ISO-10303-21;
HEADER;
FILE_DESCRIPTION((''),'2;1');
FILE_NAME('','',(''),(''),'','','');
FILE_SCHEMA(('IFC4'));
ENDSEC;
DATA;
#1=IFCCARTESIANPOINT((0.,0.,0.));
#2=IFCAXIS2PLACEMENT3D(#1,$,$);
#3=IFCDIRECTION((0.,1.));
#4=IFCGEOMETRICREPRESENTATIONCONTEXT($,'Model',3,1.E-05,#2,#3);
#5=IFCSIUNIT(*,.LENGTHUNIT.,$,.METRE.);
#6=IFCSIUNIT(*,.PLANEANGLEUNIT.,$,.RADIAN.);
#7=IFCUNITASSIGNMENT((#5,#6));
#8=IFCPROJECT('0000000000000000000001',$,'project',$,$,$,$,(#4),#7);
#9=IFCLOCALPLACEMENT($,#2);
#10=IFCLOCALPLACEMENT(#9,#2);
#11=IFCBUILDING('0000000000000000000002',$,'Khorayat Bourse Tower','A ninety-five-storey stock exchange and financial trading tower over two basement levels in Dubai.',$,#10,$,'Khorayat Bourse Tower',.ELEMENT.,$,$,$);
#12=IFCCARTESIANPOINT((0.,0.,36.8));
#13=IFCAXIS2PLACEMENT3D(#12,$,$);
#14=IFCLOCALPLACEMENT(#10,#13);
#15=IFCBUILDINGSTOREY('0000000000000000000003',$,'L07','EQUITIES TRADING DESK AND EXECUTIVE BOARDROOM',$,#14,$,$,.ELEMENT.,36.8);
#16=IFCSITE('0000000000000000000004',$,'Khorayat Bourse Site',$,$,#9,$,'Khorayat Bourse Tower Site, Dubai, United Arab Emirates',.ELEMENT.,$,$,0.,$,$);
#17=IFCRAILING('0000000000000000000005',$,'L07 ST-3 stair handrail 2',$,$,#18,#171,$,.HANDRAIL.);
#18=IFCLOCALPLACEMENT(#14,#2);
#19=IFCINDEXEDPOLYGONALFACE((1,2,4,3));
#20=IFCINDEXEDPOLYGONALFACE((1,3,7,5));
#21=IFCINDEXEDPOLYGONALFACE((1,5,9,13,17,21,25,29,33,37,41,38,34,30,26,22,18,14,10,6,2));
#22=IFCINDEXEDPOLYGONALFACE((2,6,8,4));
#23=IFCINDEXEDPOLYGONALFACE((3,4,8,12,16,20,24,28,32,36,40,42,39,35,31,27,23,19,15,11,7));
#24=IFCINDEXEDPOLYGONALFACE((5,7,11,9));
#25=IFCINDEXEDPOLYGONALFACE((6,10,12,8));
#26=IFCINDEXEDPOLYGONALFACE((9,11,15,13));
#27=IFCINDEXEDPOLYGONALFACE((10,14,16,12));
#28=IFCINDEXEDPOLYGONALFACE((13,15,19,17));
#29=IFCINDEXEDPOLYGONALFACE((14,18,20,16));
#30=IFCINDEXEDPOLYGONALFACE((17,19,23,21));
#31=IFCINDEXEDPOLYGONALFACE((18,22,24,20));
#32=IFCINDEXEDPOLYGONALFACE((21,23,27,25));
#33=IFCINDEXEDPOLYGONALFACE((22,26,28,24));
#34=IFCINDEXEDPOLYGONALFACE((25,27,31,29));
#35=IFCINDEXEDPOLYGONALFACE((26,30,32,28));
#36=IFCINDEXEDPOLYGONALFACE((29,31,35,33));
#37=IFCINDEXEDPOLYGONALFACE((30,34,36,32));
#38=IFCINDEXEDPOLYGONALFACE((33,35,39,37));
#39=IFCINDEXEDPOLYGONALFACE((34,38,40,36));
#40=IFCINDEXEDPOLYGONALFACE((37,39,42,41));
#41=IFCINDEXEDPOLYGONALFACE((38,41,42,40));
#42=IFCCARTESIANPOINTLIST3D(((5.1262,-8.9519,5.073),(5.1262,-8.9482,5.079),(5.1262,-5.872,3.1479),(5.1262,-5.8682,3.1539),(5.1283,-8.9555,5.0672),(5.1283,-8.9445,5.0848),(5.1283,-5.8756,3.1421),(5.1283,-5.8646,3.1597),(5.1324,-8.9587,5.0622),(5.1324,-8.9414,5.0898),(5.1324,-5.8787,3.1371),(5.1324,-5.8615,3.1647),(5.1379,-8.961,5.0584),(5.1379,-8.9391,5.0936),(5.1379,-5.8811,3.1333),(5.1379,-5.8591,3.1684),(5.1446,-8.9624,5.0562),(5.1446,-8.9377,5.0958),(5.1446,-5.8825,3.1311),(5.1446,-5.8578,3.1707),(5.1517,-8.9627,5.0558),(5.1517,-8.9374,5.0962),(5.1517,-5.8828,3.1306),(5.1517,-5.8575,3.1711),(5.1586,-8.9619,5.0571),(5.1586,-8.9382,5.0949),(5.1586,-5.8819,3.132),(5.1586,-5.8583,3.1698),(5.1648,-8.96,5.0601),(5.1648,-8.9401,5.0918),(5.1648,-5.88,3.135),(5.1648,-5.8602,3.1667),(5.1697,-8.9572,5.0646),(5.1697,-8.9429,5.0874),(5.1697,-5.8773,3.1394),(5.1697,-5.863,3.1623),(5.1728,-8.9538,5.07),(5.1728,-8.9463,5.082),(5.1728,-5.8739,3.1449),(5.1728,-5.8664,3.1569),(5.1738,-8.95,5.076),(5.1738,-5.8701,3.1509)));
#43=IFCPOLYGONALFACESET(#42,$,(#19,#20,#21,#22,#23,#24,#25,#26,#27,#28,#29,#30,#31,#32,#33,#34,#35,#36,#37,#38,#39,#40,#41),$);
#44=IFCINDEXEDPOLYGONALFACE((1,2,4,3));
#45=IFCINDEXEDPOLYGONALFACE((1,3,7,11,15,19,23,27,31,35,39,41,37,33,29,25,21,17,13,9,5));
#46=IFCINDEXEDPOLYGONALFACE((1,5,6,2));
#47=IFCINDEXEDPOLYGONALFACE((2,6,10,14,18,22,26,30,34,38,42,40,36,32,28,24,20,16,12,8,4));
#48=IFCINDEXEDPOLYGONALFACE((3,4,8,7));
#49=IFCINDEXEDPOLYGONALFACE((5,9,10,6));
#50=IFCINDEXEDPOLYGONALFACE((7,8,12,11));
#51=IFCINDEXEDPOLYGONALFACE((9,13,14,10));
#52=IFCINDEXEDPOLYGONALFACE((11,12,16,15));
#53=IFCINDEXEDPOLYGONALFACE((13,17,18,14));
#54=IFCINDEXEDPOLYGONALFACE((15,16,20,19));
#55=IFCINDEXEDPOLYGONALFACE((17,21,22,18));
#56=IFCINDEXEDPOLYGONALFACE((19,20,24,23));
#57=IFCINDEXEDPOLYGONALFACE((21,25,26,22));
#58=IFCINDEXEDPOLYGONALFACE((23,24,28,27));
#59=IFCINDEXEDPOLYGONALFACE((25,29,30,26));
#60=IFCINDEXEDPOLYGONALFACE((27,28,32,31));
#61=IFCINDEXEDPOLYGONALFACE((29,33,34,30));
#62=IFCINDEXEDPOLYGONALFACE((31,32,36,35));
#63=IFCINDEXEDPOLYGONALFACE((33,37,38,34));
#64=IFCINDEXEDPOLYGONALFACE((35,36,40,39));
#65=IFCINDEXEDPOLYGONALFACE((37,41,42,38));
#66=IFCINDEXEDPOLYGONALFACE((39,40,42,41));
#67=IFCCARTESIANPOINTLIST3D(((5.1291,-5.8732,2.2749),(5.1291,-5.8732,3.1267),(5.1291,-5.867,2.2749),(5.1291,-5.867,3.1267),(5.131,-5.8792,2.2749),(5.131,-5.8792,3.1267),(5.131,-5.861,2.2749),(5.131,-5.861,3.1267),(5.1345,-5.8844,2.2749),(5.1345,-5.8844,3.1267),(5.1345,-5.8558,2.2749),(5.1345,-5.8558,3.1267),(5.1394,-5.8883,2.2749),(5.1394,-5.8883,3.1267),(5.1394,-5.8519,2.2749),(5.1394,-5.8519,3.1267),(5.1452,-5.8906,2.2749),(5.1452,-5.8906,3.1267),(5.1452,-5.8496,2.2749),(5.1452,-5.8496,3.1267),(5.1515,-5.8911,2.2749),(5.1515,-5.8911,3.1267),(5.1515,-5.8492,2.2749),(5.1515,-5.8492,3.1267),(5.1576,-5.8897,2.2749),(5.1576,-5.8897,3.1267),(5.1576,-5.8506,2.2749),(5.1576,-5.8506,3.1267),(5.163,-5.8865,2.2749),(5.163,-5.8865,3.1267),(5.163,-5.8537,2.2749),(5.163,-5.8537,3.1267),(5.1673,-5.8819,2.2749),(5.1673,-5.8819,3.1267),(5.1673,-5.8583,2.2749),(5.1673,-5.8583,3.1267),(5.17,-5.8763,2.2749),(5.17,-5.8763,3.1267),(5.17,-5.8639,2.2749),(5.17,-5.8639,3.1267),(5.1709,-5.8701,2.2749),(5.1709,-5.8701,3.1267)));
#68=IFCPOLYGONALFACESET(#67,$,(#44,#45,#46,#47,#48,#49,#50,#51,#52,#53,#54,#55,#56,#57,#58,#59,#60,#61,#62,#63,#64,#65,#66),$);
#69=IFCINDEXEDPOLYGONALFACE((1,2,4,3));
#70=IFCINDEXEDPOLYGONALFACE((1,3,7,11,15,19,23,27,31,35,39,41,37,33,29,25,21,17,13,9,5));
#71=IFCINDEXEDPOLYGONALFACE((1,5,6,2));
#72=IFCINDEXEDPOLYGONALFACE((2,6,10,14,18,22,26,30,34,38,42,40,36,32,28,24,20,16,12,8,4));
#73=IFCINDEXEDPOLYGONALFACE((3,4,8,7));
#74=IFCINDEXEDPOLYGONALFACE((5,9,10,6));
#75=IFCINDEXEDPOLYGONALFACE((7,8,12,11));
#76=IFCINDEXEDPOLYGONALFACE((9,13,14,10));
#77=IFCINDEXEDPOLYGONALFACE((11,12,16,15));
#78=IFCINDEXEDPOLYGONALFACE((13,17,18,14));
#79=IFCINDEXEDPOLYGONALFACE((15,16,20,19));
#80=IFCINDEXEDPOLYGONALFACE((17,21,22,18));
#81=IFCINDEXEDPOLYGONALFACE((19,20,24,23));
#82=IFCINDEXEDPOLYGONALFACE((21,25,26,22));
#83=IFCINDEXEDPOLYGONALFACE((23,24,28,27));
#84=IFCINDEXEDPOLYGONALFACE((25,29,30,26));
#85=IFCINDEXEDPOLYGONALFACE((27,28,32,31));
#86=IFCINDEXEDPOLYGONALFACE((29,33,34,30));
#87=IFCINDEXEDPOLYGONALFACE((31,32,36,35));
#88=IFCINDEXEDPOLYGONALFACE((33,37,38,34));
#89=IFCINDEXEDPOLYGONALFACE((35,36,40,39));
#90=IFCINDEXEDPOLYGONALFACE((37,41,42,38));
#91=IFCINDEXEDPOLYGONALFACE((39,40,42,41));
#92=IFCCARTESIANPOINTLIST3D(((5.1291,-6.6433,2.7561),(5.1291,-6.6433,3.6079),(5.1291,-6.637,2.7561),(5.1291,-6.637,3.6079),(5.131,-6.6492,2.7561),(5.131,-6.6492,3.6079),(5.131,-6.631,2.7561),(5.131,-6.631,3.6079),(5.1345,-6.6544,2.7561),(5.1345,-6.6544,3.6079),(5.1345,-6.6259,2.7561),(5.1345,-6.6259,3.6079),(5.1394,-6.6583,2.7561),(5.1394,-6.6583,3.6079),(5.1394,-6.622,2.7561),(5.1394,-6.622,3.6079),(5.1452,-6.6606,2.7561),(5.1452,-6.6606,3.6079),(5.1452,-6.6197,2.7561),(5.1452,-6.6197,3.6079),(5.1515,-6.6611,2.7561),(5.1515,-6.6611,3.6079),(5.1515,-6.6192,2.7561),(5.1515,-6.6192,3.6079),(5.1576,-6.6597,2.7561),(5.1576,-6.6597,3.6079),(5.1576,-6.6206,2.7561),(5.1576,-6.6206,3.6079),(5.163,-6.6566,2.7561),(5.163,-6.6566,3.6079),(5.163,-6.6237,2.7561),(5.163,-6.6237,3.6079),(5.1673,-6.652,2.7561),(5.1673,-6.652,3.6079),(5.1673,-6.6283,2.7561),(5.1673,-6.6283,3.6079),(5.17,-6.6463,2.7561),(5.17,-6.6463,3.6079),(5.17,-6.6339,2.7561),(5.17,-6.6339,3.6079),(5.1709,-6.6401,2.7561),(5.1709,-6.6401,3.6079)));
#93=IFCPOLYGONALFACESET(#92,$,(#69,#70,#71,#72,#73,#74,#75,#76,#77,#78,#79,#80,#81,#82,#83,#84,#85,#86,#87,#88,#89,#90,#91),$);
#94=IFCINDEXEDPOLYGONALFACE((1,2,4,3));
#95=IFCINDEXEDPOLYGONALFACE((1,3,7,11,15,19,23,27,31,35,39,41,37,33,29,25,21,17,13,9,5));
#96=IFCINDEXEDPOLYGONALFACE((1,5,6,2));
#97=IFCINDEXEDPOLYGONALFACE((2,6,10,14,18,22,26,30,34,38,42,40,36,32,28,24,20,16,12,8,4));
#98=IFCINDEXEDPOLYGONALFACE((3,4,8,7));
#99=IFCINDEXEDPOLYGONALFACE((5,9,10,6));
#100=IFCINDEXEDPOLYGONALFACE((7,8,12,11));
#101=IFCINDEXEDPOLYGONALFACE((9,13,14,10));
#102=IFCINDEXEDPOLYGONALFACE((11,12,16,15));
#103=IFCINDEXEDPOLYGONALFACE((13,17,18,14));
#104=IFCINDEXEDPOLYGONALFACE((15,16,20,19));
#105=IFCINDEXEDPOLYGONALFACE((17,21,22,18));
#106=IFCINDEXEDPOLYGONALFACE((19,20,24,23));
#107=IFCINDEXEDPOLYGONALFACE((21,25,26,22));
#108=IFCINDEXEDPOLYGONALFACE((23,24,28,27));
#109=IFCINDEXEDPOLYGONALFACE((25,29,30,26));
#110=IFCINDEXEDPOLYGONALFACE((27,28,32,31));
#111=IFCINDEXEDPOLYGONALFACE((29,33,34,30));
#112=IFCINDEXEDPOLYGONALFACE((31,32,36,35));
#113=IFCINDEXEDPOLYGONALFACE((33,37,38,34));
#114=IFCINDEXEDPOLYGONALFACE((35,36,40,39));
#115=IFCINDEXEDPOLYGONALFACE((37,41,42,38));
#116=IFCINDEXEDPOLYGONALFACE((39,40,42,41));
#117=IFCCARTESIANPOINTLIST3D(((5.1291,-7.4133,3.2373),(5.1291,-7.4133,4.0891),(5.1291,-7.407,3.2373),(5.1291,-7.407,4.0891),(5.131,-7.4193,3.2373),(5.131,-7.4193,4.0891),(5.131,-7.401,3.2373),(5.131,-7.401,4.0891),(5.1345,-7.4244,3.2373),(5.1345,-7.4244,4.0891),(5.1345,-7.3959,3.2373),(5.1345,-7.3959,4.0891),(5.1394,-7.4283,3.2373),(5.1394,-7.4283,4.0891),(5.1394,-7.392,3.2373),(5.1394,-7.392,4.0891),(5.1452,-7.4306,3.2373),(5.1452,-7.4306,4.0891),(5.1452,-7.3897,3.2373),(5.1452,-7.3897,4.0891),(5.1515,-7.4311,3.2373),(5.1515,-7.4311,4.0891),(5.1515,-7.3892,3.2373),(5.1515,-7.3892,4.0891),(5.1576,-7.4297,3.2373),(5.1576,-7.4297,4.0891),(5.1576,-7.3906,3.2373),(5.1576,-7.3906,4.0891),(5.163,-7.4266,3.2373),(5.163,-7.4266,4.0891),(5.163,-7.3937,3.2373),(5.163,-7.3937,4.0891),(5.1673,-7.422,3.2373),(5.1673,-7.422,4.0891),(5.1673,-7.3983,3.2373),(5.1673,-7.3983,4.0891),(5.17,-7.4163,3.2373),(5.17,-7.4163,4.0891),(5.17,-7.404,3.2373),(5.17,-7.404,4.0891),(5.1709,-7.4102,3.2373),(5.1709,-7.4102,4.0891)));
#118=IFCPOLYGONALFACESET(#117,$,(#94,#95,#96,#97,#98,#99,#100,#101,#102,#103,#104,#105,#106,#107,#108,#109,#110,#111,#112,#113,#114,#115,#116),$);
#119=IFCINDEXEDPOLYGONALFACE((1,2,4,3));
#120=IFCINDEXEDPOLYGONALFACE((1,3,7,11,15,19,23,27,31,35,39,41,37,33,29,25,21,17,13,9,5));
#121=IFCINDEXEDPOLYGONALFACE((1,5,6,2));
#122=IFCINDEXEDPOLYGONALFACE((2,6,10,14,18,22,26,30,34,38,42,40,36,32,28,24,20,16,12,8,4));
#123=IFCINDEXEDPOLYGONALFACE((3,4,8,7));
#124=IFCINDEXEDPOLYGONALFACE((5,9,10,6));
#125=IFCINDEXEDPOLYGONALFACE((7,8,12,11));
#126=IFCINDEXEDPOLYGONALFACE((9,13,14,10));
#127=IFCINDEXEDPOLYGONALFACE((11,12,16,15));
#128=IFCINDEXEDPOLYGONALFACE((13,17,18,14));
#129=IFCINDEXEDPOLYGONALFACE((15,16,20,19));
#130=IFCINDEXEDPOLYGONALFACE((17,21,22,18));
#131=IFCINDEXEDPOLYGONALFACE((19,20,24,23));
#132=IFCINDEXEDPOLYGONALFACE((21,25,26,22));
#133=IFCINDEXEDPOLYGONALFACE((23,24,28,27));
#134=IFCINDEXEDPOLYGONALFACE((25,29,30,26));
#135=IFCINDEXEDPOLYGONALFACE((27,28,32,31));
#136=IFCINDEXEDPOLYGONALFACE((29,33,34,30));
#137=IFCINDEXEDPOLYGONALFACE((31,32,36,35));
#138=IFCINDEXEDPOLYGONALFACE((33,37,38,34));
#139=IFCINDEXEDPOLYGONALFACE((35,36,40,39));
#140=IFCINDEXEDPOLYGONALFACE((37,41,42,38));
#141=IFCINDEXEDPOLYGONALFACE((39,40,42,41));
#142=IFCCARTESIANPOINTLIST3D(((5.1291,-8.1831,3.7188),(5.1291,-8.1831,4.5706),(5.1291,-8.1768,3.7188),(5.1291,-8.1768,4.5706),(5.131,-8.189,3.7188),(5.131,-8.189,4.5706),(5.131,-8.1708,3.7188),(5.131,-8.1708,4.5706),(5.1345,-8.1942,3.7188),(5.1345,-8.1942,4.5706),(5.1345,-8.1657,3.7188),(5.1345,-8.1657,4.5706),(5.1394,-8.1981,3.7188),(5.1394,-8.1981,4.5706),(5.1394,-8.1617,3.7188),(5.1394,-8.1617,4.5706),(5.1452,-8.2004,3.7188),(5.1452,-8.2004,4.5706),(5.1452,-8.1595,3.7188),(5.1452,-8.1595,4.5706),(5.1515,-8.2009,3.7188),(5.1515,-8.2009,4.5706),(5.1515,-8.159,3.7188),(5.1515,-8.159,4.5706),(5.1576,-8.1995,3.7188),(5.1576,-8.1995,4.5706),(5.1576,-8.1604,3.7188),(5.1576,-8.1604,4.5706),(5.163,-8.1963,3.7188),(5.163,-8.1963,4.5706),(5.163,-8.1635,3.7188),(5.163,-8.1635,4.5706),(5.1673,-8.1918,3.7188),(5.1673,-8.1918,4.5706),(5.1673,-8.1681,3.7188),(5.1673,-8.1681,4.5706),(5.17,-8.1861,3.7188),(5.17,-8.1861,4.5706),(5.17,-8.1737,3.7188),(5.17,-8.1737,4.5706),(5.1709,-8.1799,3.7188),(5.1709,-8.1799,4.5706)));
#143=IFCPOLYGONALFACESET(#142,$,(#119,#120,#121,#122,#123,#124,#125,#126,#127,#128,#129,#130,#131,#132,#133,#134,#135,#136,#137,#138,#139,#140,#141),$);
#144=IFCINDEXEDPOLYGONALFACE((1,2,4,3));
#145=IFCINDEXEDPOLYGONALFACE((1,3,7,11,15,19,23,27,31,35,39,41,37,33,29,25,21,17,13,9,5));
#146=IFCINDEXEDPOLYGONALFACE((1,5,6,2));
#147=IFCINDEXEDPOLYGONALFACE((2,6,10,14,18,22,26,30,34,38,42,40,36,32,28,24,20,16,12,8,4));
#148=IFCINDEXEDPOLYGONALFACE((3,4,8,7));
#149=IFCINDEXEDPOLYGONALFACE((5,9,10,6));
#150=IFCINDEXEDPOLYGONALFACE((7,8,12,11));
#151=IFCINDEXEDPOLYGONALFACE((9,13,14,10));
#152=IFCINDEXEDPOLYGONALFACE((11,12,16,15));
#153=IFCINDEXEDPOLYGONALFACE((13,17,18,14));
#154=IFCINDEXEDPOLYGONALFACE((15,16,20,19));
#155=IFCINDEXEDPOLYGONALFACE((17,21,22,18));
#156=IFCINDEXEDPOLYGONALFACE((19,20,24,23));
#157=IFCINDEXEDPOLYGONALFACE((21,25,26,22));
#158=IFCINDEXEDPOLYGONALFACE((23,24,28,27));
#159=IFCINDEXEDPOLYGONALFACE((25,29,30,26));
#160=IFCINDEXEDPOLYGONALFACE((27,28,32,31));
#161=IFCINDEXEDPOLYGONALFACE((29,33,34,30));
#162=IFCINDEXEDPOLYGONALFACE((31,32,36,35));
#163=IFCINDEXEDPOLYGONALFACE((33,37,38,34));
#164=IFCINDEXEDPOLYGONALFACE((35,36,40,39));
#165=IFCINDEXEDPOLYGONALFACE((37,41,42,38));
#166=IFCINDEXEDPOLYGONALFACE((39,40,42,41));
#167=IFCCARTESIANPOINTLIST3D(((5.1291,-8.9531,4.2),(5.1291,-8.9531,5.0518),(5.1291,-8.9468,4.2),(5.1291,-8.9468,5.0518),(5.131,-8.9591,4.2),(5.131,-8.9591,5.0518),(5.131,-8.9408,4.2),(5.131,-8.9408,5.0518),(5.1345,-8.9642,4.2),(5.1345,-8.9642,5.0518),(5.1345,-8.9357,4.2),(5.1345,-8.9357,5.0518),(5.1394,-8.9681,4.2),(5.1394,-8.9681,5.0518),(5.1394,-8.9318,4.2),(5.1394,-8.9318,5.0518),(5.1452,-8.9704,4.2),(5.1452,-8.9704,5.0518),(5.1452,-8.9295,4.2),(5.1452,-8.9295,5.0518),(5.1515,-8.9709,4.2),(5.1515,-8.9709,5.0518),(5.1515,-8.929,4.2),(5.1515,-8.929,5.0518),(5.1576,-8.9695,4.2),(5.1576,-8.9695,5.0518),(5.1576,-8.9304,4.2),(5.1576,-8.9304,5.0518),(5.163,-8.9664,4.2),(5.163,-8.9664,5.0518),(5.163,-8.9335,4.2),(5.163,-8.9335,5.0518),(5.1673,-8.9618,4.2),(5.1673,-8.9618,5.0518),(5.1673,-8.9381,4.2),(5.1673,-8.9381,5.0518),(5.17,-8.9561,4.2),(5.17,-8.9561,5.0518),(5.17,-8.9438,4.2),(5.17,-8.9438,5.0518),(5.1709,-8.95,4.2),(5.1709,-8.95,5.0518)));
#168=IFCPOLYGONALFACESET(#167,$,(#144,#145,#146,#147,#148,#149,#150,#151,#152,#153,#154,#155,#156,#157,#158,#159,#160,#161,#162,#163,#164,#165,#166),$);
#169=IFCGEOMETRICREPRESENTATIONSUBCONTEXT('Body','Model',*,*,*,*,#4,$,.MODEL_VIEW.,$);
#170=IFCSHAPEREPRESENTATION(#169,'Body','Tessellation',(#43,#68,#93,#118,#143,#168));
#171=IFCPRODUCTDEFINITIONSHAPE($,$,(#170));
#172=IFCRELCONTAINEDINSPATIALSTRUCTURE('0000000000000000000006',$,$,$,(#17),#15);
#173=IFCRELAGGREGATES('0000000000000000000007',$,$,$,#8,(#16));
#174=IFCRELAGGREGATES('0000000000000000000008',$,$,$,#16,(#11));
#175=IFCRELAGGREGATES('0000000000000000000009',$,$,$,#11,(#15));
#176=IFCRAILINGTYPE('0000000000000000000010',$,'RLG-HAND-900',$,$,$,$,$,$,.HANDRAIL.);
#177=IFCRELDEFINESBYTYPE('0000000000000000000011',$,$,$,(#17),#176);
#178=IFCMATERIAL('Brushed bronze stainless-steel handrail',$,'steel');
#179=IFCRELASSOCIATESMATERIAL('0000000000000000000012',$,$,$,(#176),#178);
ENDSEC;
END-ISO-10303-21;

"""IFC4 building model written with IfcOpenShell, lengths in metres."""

from ifc_helpers import new_model, si_unit, direction, frame, origin, origin_2d, place, context, subcontext, project, spatial, circle, extrude, source, transform, mapped, material, type_object, element, save


model = new_model("IFC4")

# Units and contexts
model_context = context("Model", 3, precision=1e-05, world=origin(), true_north=direction((0.0, 1.0)))
body_context = subcontext(model_context, "Body", "Model", "MODEL_VIEW")
ifc_project = project(units=[si_unit("LENGTHUNIT", "METRE"), si_unit("PLANEANGLEUNIT", "RADIAN")], contexts=[model_context])

# Site, building, storey
site_placement = place(None, origin())
site = spatial("IfcSite", under=ifc_project, at=site_placement, Name="Khorayat Bourse Site", LongName="Khorayat Bourse Tower Site, Dubai, United Arab Emirates", CompositionType="ELEMENT", RefElevation=0.0)
building_placement = place(site_placement, origin())
building = spatial("IfcBuilding", under=site, at=building_placement, Name="Khorayat Bourse Tower", Description="A ninety-five-storey stock exchange and financial trading tower over two basement levels in Dubai.", LongName="Khorayat Bourse Tower", CompositionType="ELEMENT")
storey_placement = place(building_placement, frame((0.0, 0.0, 36.8)))
storey = spatial("IfcBuildingStorey", under=building, at=storey_placement, Name="L07", Description="EQUITIES TRADING DESK AND EXECUTIVE BOARDROOM", CompositionType="ELEMENT", Elevation=36.8)

# Railing
ifc_material_1 = material(Name="Brushed bronze stainless-steel handrail", Category="steel")
railing_type_1 = type_object("IfcRailingType", Name="RLG-HAND-900", PredefinedType="HANDRAIL", material=ifc_material_1)
shared_shape_1 = source(origin(), body_context, "Body", "SweptSolid", [
    extrude(circle(Radius=0.0239, at=origin_2d()), frame((0.0, 0.0, 0.876), z_axis=(0.0, -0.847979, 0.530029), x_axis=(1.0, 0.0, 0.0)), (0.0, 0.0, 1.0), 3.6321),
    extrude(circle(Radius=0.021, at=origin_2d()), origin(), (0.0, 0.0, 1.0), 0.8518),
    extrude(circle(Radius=0.021, at=origin_2d()), frame((0.0, -0.77, 0.4812)), (0.0, 0.0, 1.0), 0.8518),
    extrude(circle(Radius=0.021, at=origin_2d()), frame((0.0, -1.54, 0.9624)), (0.0, 0.0, 1.0), 0.8518),
    extrude(circle(Radius=0.021, at=origin_2d()), frame((0.0, -2.3098, 1.4438)), (0.0, 0.0, 1.0), 0.8518),
    extrude(circle(Radius=0.021, at=origin_2d()), frame((0.0, -3.0798, 1.925)), (0.0, 0.0, 1.0), 0.8518),
])
railing_1_placement = place(storey_placement, frame((5.1499, -5.8701, 2.2749)))
element("IfcRailing", 1, at=railing_1_placement, inside=storey, type_object=railing_type_1, Name="L07 ST-3 stair handrail 2", PredefinedType="HANDRAIL", context=body_context, shape_type="MappedRepresentation", body=[
    mapped(shared_shape_1, transform((0.0, 0.0, 0.0), scale=1.0)),
])

save(model, "model.ifc")
